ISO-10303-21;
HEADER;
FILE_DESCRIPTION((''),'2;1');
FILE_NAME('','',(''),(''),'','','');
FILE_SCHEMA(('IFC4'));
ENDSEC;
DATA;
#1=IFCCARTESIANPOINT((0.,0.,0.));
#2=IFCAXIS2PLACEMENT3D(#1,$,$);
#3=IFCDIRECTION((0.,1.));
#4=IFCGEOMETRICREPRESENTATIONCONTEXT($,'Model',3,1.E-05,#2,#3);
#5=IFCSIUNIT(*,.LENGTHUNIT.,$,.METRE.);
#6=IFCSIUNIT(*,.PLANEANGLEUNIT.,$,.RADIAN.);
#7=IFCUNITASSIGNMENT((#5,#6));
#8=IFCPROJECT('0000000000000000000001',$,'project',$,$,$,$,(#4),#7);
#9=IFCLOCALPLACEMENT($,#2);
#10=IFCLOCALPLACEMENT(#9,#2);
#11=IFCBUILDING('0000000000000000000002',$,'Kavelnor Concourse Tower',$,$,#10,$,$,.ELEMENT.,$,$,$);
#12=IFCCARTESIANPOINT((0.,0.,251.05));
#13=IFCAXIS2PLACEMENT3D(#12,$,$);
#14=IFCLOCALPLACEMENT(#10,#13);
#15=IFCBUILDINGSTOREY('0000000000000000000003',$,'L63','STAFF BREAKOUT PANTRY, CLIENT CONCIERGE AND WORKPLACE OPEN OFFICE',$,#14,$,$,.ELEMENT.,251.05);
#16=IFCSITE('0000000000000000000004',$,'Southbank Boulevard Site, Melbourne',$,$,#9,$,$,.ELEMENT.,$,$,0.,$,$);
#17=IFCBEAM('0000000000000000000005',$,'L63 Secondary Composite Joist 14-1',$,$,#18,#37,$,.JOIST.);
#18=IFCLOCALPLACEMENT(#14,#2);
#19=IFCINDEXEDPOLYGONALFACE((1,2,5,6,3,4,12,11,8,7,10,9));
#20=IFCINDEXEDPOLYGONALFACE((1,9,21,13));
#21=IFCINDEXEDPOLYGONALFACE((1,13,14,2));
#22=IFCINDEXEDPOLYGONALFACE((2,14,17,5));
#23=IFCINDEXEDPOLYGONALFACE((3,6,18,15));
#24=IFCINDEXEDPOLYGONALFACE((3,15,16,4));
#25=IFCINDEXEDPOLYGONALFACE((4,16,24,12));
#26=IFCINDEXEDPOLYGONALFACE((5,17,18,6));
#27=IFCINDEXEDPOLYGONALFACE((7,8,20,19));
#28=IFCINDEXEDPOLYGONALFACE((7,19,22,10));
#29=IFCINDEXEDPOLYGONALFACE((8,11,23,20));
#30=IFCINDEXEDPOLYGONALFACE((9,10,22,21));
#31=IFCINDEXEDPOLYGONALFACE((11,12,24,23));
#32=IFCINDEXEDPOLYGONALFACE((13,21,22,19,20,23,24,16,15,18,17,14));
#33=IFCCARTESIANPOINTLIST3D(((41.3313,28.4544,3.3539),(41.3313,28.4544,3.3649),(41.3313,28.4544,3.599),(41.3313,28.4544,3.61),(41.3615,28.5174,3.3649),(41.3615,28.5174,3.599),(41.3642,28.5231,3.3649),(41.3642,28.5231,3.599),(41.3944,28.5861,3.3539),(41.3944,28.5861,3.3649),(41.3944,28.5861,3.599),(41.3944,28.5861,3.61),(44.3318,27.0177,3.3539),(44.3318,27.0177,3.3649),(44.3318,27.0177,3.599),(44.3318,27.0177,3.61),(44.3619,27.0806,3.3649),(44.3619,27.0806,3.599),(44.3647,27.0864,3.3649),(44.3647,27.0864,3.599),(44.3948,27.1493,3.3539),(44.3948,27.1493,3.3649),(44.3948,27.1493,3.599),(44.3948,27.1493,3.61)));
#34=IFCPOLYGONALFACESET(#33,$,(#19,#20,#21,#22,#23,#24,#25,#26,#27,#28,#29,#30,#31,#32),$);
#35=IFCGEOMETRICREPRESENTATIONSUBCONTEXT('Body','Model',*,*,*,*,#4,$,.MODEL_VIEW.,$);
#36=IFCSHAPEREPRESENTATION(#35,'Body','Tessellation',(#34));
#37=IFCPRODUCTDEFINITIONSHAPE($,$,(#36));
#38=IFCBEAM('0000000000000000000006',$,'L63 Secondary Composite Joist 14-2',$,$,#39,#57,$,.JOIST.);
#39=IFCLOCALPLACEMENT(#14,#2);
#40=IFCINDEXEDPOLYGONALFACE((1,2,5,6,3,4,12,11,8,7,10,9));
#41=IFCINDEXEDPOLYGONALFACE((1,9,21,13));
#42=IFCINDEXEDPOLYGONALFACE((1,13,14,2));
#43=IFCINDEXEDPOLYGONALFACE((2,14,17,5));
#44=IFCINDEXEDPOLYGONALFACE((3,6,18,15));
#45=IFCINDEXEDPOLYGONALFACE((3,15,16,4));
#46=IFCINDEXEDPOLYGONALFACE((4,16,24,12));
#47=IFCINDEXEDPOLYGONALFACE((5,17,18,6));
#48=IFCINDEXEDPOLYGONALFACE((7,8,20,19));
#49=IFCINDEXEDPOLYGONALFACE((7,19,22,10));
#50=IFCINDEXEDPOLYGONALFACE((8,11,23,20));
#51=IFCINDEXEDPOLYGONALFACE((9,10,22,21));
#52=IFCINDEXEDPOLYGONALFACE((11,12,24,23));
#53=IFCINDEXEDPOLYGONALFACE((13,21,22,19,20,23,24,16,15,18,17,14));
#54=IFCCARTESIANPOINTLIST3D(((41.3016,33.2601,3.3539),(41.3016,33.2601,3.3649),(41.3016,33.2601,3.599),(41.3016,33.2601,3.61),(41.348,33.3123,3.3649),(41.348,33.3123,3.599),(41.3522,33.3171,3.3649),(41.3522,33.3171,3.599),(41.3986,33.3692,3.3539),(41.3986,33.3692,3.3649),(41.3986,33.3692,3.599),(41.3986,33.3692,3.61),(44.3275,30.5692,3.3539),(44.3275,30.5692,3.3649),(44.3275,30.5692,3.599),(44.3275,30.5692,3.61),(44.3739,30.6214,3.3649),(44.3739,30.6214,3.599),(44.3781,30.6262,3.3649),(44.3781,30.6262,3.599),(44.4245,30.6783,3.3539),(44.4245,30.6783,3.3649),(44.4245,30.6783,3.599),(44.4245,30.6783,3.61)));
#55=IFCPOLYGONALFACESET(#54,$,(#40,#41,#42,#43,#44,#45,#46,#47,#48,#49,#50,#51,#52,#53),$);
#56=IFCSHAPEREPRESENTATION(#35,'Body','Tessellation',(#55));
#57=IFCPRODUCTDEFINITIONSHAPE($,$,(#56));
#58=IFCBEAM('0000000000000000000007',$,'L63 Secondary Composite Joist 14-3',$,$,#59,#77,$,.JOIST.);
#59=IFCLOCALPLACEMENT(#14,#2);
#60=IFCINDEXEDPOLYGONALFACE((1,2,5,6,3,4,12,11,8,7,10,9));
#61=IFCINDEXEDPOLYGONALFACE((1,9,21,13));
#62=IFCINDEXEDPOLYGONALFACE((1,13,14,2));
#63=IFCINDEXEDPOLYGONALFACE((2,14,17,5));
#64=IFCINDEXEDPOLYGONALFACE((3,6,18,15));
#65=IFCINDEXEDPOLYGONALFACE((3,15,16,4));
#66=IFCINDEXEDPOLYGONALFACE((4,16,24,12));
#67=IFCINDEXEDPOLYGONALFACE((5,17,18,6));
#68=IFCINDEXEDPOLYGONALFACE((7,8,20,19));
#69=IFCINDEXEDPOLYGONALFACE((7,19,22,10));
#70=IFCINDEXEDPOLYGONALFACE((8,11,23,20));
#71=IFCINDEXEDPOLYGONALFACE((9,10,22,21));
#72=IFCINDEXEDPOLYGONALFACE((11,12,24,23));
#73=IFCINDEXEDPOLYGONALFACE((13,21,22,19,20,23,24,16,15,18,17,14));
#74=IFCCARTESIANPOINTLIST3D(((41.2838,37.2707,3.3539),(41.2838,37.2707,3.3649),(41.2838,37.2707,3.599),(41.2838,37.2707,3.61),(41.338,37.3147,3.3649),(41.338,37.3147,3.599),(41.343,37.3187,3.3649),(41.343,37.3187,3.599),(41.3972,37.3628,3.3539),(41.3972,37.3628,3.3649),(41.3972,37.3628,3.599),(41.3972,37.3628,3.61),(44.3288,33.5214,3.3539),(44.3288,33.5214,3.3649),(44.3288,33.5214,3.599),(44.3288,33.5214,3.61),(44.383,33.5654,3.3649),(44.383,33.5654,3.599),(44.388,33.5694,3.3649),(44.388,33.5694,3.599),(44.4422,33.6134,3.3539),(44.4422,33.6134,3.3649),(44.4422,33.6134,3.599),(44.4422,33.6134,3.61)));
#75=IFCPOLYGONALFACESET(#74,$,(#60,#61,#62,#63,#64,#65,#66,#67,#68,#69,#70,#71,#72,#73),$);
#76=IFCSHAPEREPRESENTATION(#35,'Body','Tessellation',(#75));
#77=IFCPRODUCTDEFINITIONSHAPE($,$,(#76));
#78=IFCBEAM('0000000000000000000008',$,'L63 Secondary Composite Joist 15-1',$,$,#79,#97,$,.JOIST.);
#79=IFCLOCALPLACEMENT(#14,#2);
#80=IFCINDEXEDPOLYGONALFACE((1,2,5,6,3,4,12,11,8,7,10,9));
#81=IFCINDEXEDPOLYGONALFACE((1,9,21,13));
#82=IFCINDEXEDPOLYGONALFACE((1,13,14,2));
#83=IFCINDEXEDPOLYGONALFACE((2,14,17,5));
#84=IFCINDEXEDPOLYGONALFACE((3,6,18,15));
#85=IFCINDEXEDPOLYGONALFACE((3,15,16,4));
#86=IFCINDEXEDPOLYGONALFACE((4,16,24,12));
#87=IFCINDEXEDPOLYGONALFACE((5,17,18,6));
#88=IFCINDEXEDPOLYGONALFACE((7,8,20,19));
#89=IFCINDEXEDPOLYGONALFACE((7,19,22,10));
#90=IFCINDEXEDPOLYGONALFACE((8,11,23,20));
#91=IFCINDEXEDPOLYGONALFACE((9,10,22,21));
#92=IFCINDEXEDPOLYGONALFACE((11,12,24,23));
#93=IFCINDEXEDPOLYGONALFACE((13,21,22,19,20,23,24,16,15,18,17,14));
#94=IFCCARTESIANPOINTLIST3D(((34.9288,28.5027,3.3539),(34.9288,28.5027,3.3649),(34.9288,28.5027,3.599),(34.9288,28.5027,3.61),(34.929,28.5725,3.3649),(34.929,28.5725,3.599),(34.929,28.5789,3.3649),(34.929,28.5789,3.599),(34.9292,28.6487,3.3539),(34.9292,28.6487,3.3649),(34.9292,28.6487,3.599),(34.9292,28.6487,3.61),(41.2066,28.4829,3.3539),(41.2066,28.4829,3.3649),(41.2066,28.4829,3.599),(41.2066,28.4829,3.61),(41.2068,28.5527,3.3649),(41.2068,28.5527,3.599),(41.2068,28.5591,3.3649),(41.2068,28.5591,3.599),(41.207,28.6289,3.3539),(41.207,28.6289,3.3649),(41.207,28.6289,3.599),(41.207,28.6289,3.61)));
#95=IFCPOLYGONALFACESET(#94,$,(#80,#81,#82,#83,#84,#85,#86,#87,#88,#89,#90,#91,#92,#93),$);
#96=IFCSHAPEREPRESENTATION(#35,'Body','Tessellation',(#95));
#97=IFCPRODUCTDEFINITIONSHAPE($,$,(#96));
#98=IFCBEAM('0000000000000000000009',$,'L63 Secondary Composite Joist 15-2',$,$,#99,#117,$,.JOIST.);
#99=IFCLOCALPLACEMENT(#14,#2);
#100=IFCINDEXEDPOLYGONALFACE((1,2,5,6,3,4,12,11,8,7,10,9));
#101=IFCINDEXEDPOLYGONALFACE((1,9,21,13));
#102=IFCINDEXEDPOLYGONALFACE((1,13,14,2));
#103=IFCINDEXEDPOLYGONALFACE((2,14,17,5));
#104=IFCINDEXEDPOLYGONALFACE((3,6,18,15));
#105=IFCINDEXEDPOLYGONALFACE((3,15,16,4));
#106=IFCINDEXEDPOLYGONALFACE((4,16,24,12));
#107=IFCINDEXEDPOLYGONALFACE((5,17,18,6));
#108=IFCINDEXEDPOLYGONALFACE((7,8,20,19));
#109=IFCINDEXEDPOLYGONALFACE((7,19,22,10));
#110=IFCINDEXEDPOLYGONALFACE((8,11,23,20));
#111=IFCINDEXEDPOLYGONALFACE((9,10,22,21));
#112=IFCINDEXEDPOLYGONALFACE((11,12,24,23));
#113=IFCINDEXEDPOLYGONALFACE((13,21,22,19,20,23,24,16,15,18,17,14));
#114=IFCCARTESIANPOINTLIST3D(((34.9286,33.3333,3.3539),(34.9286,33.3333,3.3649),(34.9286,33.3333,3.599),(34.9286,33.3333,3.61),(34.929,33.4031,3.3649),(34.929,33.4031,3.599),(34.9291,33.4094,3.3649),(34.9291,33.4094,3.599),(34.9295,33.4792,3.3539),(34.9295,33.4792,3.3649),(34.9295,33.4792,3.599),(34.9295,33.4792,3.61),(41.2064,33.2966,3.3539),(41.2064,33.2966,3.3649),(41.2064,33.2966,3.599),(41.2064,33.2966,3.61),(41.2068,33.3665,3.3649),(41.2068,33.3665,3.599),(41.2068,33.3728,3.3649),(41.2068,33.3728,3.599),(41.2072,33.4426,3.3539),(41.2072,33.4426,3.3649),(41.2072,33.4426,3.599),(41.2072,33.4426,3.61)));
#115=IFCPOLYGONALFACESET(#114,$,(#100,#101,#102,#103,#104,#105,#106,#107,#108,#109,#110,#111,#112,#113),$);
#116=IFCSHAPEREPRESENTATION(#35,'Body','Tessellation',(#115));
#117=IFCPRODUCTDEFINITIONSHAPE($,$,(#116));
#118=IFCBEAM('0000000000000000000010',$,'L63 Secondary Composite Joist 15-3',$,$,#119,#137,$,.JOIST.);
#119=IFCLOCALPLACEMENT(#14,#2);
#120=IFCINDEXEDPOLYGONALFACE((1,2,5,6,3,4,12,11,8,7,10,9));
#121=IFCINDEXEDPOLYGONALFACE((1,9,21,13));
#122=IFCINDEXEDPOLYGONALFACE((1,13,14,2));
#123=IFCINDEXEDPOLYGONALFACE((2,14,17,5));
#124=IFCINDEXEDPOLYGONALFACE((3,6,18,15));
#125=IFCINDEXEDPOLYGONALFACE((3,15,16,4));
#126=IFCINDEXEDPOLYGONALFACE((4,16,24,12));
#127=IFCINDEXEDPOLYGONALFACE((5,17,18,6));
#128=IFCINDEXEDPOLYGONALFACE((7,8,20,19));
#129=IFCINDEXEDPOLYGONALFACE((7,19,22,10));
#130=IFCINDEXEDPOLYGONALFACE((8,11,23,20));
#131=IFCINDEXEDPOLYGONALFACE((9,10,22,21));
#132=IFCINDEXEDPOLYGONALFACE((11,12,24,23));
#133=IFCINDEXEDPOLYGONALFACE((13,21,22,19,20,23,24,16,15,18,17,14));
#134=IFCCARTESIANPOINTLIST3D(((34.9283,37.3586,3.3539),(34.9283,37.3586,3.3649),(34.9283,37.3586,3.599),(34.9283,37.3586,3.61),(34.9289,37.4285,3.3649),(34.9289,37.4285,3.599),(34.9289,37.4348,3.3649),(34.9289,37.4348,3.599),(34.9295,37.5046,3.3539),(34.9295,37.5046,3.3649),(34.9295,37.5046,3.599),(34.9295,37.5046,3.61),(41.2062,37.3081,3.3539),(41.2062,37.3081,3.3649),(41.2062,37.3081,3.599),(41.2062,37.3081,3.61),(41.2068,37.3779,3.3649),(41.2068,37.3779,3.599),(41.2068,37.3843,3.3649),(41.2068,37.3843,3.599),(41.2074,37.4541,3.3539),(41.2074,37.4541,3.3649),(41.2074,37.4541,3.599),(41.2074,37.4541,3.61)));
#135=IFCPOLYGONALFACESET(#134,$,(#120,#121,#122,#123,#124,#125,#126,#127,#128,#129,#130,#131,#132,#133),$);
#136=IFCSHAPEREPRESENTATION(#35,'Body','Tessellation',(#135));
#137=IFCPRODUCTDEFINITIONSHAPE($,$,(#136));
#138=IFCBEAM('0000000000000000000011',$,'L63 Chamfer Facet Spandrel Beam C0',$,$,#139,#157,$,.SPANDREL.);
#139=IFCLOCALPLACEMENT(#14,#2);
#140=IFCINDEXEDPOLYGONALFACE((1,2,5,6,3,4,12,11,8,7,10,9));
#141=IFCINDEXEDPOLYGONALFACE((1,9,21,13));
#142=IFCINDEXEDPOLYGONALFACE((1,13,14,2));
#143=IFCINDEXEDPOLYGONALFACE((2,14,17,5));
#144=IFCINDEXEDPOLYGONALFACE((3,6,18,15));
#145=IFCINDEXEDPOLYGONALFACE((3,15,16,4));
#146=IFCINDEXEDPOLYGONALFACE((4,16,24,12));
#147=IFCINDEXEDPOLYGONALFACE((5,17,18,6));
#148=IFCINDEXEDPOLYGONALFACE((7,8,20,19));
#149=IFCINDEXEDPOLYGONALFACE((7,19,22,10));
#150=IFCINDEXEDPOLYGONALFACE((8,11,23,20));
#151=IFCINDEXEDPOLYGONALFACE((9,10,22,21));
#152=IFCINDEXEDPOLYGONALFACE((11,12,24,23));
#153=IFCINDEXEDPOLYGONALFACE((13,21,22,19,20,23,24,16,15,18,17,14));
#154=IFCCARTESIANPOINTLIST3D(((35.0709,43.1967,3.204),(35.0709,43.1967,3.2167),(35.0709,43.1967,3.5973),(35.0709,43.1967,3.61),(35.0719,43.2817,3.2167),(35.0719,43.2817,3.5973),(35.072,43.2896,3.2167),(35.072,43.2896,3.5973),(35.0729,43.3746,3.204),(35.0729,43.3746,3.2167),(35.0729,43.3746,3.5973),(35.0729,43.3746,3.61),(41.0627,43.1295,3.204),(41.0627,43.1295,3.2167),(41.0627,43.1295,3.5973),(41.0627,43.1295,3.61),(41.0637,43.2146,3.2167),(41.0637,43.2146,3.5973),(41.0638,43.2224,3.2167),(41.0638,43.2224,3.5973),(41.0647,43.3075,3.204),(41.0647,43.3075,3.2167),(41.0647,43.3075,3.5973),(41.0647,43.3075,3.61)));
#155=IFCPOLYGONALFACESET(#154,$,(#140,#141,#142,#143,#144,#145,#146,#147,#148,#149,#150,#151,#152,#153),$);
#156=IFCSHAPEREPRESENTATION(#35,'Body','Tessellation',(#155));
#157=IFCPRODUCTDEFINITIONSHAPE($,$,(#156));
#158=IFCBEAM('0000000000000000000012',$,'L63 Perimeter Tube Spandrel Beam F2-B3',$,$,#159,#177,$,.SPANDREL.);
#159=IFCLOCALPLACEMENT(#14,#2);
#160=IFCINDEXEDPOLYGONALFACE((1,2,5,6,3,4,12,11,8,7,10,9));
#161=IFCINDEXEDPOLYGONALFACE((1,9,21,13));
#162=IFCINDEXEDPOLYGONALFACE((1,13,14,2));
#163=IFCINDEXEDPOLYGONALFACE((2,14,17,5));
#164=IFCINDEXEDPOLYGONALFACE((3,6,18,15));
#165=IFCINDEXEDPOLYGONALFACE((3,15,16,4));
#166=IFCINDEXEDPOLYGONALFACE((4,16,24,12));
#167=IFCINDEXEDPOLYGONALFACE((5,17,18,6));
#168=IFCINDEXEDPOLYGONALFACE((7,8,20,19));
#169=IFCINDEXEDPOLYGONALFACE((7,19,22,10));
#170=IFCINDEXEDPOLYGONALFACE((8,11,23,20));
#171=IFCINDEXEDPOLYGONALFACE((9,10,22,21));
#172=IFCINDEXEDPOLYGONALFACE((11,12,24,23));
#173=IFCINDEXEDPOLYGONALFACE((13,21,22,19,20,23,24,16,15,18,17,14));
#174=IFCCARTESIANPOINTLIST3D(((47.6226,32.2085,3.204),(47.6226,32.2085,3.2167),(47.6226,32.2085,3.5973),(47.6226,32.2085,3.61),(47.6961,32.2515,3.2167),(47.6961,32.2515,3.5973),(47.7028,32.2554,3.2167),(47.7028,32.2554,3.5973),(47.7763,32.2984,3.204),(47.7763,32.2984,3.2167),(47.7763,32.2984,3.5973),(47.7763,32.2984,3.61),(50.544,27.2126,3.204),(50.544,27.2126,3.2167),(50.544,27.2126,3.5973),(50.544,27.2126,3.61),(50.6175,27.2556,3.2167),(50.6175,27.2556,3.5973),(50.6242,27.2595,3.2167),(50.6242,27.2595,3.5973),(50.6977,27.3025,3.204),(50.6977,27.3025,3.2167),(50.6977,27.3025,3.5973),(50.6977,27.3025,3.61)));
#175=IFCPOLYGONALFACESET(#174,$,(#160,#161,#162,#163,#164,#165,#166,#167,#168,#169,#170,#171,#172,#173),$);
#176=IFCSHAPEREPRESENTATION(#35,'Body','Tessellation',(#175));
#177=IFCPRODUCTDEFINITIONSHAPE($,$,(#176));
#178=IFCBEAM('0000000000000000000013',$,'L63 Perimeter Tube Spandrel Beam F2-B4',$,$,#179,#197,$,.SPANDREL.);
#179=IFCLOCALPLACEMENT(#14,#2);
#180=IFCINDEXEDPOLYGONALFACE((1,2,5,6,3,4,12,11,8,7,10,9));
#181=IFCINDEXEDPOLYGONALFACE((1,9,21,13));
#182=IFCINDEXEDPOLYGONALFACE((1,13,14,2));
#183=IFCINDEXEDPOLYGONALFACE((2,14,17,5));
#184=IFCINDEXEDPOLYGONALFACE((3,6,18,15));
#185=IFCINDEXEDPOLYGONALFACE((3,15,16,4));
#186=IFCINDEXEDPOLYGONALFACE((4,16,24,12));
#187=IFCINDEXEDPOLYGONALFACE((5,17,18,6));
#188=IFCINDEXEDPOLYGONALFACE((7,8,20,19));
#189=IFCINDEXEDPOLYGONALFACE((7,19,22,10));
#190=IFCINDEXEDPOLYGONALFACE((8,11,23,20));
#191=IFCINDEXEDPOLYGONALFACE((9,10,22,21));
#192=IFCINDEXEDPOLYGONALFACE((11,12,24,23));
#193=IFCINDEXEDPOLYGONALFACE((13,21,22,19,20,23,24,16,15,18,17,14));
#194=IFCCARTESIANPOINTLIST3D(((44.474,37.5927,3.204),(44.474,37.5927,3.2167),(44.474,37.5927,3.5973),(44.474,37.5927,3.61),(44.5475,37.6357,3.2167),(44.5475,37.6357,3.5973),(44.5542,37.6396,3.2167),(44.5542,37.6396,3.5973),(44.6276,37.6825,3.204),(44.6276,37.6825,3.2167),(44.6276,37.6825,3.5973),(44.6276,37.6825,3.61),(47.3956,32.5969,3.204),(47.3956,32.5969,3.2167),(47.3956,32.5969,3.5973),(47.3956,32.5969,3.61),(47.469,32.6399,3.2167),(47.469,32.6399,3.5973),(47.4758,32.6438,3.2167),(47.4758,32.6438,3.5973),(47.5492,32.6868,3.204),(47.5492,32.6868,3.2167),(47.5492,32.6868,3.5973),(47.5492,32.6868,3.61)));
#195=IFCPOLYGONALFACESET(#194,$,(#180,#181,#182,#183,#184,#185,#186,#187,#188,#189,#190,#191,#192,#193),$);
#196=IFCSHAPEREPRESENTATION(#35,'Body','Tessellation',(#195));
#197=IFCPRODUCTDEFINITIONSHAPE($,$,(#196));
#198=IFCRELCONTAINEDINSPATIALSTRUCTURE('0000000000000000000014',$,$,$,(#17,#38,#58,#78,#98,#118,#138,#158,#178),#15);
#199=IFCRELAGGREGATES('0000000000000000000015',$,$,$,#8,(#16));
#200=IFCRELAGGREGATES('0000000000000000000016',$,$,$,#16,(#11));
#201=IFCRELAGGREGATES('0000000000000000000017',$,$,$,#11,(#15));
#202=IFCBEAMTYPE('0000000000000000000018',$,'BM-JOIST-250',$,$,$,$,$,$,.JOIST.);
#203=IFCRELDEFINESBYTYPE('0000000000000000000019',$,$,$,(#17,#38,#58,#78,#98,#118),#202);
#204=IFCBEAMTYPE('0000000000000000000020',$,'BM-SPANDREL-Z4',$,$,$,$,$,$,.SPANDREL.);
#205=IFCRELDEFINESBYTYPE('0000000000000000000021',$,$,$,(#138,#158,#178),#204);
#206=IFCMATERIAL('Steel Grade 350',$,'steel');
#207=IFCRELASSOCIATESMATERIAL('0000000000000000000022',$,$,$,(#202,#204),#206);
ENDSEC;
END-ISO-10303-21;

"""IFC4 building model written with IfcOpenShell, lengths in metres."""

from ifc_helpers import new_model, si_unit, direction, frame, origin, origin_2d, place, context, subcontext, project, spatial, i_section, extrude, material, material_profile, profile_set, type_object, element, save


model = new_model("IFC4")

# Units and contexts
model_context = context("Model", 3, precision=1e-05, world=origin(), true_north=direction((0.0, 1.0)))
body_context = subcontext(model_context, "Body", "Model", "MODEL_VIEW")
ifc_project = project(units=[si_unit("LENGTHUNIT", "METRE"), si_unit("PLANEANGLEUNIT", "RADIAN")], contexts=[model_context])

# Site, building, storey
site_placement = place(None, origin())
site = spatial("IfcSite", under=ifc_project, at=site_placement, Name="Southbank Boulevard Site, Melbourne", CompositionType="ELEMENT", RefElevation=0.0)
building_placement = place(site_placement, origin())
building = spatial("IfcBuilding", under=site, at=building_placement, Name="Kavelnor Concourse Tower", CompositionType="ELEMENT")
storey_placement = place(building_placement, frame((0.0, 0.0, 251.05)))
storey = spatial("IfcBuildingStorey", under=building, at=storey_placement, Name="L63", Description="STAFF BREAKOUT PANTRY, CLIENT CONCIERGE AND WORKPLACE OPEN OFFICE", CompositionType="ELEMENT", Elevation=251.05)

# Shared definitions
ifc_material_1 = material(Name="Steel Grade 350", Category="steel")

# Beams
ifc_material_profile_1 = material_profile(ifc_material_1, i_section(OverallWidth=0.146, OverallDepth=0.2561, WebThickness=0.0063, FlangeThickness=0.011, at=origin_2d()), Name="250UB37")
ifc_profile_set_1 = profile_set([ifc_material_profile_1], Name="Steel Grade 350")
beam_type_1 = type_object("IfcBeamType", Name="BM-JOIST-250", PredefinedType="JOIST", material=ifc_profile_set_1)
beam_1_placement = place(storey_placement, frame((44.3633, 27.0835, 3.4819), z_axis=(-0.901929, 0.431884, 0.0), x_axis=(-0.431884, -0.901929, 0.0)))
element("IfcBeam", 1, at=beam_1_placement, inside=storey, type_object=beam_type_1, Name="L63 Secondary Composite Joist 14-1", PredefinedType="JOIST", context=body_context, shape_type="SweptSolid", body=[
    extrude(i_section(OverallWidth=0.146, OverallDepth=0.2561, WebThickness=0.0063, FlangeThickness=0.011, at=origin_2d()), origin(), (0.0, 0.0, 1.0), 3.3267),
])
beam_2_placement = place(storey_placement, frame((44.376, 30.6238, 3.4819), z_axis=(-0.747256, 0.664536, 0.0), x_axis=(-0.664536, -0.747256, 0.0)))
element("IfcBeam", 2, at=beam_2_placement, inside=storey, type_object=beam_type_1, Name="L63 Secondary Composite Joist 14-2", PredefinedType="JOIST", context=body_context, shape_type="SweptSolid", body=[
    extrude(i_section(OverallWidth=0.146, OverallDepth=0.2561, WebThickness=0.0063, FlangeThickness=0.011, at=origin_2d()), origin(), (0.0, 0.0, 1.0), 4.0493),
])
beam_3_placement = place(storey_placement, frame((44.3855, 33.5674, 3.4819), z_axis=(-0.630423, 0.776252, 0.0), x_axis=(-0.776252, -0.630423, 0.0)))
element("IfcBeam", 3, at=beam_3_placement, inside=storey, type_object=beam_type_1, Name="L63 Secondary Composite Joist 14-3", PredefinedType="JOIST", context=body_context, shape_type="SweptSolid", body=[
    extrude(i_section(OverallWidth=0.146, OverallDepth=0.2561, WebThickness=0.0063, FlangeThickness=0.011, at=origin_2d()), origin(), (0.0, 0.0, 1.0), 4.8301),
])
for number, where, z_axis, x_axis, name in (
    (4, (41.2068, 28.5559, 3.4819), (-0.999995, 0.00315, 0.0), (-0.00315, -0.999995, 0.0), "L63 Secondary Composite Joist 15-1"),
    (5, (41.2068, 33.3696, 3.4819), (-0.999983, 0.005833, 0.0), (-0.005833, -0.999983, 0.0), "L63 Secondary Composite Joist 15-2"),
):
    element("IfcBeam", number, at=place(storey_placement, frame(where, z_axis=z_axis, x_axis=x_axis)), inside=storey, type_object=beam_type_1, Name=name, PredefinedType="JOIST", context=body_context, shape_type="SweptSolid", body=[
        extrude(i_section(OverallWidth=0.146, OverallDepth=0.2561, WebThickness=0.0063, FlangeThickness=0.011, at=origin_2d()), origin(), (0.0, 0.0, 1.0), 6.2778),
    ])
beam_4_placement = place(storey_placement, frame((41.2068, 37.3811, 3.4819), z_axis=(-0.999968, 0.00805, 0.0), x_axis=(-0.00805, -0.999968, 0.0)))
element("IfcBeam", 6, at=beam_4_placement, inside=storey, type_object=beam_type_1, Name="L63 Secondary Composite Joist 15-3", PredefinedType="JOIST", context=body_context, shape_type="SweptSolid", body=[
    extrude(i_section(OverallWidth=0.146, OverallDepth=0.2561, WebThickness=0.0063, FlangeThickness=0.011, at=origin_2d()), origin(), (0.0, 0.0, 1.0), 6.2781),
])
ifc_material_profile_2 = material_profile(ifc_material_1, i_section(OverallWidth=0.178, OverallDepth=0.406, WebThickness=0.0078, FlangeThickness=0.0127, at=origin_2d()), Name="410UB59")
ifc_profile_set_2 = profile_set([ifc_material_profile_2], Name="Steel Grade 350")
beam_type_2 = type_object("IfcBeamType", Name="BM-SPANDREL-Z4", PredefinedType="SPANDREL", material=ifc_profile_set_2)
beam_5_placement = place(storey_placement, frame((41.0637, 43.2185, 3.407), z_axis=(-0.999937, 0.011205, 0.0), x_axis=(-0.011205, -0.999937, 0.0)))
element("IfcBeam", 7, at=beam_5_placement, inside=storey, type_object=beam_type_2, Name="L63 Chamfer Facet Spandrel Beam C0", PredefinedType="SPANDREL", context=body_context, shape_type="SweptSolid", body=[
    extrude(i_section(OverallWidth=0.178, OverallDepth=0.406, WebThickness=0.0078, FlangeThickness=0.0127, at=origin_2d()), origin(), (0.0, 0.0, 1.0), 5.9922),
])
for number, where, z_axis, x_axis, name in (
    (8, (50.6208, 27.2576, 3.407), (-0.504791, 0.863241, 0.0), (-0.863241, -0.504791, 0.0), "L63 Perimeter Tube Spandrel Beam F2-B3"),
    (9, (47.4724, 32.6418, 3.407), (-0.504823, 0.863223, 0.0), (-0.863223, -0.504823, 0.0), "L63 Perimeter Tube Spandrel Beam F2-B4"),
):
    element("IfcBeam", number, at=place(storey_placement, frame(where, z_axis=z_axis, x_axis=x_axis)), inside=storey, type_object=beam_type_2, Name=name, PredefinedType="SPANDREL", context=body_context, shape_type="SweptSolid", body=[
        extrude(i_section(OverallWidth=0.178, OverallDepth=0.406, WebThickness=0.0078, FlangeThickness=0.0127, at=origin_2d()), origin(), (0.0, 0.0, 1.0), 5.7874),
    ])

save(model, "model.ifc")
